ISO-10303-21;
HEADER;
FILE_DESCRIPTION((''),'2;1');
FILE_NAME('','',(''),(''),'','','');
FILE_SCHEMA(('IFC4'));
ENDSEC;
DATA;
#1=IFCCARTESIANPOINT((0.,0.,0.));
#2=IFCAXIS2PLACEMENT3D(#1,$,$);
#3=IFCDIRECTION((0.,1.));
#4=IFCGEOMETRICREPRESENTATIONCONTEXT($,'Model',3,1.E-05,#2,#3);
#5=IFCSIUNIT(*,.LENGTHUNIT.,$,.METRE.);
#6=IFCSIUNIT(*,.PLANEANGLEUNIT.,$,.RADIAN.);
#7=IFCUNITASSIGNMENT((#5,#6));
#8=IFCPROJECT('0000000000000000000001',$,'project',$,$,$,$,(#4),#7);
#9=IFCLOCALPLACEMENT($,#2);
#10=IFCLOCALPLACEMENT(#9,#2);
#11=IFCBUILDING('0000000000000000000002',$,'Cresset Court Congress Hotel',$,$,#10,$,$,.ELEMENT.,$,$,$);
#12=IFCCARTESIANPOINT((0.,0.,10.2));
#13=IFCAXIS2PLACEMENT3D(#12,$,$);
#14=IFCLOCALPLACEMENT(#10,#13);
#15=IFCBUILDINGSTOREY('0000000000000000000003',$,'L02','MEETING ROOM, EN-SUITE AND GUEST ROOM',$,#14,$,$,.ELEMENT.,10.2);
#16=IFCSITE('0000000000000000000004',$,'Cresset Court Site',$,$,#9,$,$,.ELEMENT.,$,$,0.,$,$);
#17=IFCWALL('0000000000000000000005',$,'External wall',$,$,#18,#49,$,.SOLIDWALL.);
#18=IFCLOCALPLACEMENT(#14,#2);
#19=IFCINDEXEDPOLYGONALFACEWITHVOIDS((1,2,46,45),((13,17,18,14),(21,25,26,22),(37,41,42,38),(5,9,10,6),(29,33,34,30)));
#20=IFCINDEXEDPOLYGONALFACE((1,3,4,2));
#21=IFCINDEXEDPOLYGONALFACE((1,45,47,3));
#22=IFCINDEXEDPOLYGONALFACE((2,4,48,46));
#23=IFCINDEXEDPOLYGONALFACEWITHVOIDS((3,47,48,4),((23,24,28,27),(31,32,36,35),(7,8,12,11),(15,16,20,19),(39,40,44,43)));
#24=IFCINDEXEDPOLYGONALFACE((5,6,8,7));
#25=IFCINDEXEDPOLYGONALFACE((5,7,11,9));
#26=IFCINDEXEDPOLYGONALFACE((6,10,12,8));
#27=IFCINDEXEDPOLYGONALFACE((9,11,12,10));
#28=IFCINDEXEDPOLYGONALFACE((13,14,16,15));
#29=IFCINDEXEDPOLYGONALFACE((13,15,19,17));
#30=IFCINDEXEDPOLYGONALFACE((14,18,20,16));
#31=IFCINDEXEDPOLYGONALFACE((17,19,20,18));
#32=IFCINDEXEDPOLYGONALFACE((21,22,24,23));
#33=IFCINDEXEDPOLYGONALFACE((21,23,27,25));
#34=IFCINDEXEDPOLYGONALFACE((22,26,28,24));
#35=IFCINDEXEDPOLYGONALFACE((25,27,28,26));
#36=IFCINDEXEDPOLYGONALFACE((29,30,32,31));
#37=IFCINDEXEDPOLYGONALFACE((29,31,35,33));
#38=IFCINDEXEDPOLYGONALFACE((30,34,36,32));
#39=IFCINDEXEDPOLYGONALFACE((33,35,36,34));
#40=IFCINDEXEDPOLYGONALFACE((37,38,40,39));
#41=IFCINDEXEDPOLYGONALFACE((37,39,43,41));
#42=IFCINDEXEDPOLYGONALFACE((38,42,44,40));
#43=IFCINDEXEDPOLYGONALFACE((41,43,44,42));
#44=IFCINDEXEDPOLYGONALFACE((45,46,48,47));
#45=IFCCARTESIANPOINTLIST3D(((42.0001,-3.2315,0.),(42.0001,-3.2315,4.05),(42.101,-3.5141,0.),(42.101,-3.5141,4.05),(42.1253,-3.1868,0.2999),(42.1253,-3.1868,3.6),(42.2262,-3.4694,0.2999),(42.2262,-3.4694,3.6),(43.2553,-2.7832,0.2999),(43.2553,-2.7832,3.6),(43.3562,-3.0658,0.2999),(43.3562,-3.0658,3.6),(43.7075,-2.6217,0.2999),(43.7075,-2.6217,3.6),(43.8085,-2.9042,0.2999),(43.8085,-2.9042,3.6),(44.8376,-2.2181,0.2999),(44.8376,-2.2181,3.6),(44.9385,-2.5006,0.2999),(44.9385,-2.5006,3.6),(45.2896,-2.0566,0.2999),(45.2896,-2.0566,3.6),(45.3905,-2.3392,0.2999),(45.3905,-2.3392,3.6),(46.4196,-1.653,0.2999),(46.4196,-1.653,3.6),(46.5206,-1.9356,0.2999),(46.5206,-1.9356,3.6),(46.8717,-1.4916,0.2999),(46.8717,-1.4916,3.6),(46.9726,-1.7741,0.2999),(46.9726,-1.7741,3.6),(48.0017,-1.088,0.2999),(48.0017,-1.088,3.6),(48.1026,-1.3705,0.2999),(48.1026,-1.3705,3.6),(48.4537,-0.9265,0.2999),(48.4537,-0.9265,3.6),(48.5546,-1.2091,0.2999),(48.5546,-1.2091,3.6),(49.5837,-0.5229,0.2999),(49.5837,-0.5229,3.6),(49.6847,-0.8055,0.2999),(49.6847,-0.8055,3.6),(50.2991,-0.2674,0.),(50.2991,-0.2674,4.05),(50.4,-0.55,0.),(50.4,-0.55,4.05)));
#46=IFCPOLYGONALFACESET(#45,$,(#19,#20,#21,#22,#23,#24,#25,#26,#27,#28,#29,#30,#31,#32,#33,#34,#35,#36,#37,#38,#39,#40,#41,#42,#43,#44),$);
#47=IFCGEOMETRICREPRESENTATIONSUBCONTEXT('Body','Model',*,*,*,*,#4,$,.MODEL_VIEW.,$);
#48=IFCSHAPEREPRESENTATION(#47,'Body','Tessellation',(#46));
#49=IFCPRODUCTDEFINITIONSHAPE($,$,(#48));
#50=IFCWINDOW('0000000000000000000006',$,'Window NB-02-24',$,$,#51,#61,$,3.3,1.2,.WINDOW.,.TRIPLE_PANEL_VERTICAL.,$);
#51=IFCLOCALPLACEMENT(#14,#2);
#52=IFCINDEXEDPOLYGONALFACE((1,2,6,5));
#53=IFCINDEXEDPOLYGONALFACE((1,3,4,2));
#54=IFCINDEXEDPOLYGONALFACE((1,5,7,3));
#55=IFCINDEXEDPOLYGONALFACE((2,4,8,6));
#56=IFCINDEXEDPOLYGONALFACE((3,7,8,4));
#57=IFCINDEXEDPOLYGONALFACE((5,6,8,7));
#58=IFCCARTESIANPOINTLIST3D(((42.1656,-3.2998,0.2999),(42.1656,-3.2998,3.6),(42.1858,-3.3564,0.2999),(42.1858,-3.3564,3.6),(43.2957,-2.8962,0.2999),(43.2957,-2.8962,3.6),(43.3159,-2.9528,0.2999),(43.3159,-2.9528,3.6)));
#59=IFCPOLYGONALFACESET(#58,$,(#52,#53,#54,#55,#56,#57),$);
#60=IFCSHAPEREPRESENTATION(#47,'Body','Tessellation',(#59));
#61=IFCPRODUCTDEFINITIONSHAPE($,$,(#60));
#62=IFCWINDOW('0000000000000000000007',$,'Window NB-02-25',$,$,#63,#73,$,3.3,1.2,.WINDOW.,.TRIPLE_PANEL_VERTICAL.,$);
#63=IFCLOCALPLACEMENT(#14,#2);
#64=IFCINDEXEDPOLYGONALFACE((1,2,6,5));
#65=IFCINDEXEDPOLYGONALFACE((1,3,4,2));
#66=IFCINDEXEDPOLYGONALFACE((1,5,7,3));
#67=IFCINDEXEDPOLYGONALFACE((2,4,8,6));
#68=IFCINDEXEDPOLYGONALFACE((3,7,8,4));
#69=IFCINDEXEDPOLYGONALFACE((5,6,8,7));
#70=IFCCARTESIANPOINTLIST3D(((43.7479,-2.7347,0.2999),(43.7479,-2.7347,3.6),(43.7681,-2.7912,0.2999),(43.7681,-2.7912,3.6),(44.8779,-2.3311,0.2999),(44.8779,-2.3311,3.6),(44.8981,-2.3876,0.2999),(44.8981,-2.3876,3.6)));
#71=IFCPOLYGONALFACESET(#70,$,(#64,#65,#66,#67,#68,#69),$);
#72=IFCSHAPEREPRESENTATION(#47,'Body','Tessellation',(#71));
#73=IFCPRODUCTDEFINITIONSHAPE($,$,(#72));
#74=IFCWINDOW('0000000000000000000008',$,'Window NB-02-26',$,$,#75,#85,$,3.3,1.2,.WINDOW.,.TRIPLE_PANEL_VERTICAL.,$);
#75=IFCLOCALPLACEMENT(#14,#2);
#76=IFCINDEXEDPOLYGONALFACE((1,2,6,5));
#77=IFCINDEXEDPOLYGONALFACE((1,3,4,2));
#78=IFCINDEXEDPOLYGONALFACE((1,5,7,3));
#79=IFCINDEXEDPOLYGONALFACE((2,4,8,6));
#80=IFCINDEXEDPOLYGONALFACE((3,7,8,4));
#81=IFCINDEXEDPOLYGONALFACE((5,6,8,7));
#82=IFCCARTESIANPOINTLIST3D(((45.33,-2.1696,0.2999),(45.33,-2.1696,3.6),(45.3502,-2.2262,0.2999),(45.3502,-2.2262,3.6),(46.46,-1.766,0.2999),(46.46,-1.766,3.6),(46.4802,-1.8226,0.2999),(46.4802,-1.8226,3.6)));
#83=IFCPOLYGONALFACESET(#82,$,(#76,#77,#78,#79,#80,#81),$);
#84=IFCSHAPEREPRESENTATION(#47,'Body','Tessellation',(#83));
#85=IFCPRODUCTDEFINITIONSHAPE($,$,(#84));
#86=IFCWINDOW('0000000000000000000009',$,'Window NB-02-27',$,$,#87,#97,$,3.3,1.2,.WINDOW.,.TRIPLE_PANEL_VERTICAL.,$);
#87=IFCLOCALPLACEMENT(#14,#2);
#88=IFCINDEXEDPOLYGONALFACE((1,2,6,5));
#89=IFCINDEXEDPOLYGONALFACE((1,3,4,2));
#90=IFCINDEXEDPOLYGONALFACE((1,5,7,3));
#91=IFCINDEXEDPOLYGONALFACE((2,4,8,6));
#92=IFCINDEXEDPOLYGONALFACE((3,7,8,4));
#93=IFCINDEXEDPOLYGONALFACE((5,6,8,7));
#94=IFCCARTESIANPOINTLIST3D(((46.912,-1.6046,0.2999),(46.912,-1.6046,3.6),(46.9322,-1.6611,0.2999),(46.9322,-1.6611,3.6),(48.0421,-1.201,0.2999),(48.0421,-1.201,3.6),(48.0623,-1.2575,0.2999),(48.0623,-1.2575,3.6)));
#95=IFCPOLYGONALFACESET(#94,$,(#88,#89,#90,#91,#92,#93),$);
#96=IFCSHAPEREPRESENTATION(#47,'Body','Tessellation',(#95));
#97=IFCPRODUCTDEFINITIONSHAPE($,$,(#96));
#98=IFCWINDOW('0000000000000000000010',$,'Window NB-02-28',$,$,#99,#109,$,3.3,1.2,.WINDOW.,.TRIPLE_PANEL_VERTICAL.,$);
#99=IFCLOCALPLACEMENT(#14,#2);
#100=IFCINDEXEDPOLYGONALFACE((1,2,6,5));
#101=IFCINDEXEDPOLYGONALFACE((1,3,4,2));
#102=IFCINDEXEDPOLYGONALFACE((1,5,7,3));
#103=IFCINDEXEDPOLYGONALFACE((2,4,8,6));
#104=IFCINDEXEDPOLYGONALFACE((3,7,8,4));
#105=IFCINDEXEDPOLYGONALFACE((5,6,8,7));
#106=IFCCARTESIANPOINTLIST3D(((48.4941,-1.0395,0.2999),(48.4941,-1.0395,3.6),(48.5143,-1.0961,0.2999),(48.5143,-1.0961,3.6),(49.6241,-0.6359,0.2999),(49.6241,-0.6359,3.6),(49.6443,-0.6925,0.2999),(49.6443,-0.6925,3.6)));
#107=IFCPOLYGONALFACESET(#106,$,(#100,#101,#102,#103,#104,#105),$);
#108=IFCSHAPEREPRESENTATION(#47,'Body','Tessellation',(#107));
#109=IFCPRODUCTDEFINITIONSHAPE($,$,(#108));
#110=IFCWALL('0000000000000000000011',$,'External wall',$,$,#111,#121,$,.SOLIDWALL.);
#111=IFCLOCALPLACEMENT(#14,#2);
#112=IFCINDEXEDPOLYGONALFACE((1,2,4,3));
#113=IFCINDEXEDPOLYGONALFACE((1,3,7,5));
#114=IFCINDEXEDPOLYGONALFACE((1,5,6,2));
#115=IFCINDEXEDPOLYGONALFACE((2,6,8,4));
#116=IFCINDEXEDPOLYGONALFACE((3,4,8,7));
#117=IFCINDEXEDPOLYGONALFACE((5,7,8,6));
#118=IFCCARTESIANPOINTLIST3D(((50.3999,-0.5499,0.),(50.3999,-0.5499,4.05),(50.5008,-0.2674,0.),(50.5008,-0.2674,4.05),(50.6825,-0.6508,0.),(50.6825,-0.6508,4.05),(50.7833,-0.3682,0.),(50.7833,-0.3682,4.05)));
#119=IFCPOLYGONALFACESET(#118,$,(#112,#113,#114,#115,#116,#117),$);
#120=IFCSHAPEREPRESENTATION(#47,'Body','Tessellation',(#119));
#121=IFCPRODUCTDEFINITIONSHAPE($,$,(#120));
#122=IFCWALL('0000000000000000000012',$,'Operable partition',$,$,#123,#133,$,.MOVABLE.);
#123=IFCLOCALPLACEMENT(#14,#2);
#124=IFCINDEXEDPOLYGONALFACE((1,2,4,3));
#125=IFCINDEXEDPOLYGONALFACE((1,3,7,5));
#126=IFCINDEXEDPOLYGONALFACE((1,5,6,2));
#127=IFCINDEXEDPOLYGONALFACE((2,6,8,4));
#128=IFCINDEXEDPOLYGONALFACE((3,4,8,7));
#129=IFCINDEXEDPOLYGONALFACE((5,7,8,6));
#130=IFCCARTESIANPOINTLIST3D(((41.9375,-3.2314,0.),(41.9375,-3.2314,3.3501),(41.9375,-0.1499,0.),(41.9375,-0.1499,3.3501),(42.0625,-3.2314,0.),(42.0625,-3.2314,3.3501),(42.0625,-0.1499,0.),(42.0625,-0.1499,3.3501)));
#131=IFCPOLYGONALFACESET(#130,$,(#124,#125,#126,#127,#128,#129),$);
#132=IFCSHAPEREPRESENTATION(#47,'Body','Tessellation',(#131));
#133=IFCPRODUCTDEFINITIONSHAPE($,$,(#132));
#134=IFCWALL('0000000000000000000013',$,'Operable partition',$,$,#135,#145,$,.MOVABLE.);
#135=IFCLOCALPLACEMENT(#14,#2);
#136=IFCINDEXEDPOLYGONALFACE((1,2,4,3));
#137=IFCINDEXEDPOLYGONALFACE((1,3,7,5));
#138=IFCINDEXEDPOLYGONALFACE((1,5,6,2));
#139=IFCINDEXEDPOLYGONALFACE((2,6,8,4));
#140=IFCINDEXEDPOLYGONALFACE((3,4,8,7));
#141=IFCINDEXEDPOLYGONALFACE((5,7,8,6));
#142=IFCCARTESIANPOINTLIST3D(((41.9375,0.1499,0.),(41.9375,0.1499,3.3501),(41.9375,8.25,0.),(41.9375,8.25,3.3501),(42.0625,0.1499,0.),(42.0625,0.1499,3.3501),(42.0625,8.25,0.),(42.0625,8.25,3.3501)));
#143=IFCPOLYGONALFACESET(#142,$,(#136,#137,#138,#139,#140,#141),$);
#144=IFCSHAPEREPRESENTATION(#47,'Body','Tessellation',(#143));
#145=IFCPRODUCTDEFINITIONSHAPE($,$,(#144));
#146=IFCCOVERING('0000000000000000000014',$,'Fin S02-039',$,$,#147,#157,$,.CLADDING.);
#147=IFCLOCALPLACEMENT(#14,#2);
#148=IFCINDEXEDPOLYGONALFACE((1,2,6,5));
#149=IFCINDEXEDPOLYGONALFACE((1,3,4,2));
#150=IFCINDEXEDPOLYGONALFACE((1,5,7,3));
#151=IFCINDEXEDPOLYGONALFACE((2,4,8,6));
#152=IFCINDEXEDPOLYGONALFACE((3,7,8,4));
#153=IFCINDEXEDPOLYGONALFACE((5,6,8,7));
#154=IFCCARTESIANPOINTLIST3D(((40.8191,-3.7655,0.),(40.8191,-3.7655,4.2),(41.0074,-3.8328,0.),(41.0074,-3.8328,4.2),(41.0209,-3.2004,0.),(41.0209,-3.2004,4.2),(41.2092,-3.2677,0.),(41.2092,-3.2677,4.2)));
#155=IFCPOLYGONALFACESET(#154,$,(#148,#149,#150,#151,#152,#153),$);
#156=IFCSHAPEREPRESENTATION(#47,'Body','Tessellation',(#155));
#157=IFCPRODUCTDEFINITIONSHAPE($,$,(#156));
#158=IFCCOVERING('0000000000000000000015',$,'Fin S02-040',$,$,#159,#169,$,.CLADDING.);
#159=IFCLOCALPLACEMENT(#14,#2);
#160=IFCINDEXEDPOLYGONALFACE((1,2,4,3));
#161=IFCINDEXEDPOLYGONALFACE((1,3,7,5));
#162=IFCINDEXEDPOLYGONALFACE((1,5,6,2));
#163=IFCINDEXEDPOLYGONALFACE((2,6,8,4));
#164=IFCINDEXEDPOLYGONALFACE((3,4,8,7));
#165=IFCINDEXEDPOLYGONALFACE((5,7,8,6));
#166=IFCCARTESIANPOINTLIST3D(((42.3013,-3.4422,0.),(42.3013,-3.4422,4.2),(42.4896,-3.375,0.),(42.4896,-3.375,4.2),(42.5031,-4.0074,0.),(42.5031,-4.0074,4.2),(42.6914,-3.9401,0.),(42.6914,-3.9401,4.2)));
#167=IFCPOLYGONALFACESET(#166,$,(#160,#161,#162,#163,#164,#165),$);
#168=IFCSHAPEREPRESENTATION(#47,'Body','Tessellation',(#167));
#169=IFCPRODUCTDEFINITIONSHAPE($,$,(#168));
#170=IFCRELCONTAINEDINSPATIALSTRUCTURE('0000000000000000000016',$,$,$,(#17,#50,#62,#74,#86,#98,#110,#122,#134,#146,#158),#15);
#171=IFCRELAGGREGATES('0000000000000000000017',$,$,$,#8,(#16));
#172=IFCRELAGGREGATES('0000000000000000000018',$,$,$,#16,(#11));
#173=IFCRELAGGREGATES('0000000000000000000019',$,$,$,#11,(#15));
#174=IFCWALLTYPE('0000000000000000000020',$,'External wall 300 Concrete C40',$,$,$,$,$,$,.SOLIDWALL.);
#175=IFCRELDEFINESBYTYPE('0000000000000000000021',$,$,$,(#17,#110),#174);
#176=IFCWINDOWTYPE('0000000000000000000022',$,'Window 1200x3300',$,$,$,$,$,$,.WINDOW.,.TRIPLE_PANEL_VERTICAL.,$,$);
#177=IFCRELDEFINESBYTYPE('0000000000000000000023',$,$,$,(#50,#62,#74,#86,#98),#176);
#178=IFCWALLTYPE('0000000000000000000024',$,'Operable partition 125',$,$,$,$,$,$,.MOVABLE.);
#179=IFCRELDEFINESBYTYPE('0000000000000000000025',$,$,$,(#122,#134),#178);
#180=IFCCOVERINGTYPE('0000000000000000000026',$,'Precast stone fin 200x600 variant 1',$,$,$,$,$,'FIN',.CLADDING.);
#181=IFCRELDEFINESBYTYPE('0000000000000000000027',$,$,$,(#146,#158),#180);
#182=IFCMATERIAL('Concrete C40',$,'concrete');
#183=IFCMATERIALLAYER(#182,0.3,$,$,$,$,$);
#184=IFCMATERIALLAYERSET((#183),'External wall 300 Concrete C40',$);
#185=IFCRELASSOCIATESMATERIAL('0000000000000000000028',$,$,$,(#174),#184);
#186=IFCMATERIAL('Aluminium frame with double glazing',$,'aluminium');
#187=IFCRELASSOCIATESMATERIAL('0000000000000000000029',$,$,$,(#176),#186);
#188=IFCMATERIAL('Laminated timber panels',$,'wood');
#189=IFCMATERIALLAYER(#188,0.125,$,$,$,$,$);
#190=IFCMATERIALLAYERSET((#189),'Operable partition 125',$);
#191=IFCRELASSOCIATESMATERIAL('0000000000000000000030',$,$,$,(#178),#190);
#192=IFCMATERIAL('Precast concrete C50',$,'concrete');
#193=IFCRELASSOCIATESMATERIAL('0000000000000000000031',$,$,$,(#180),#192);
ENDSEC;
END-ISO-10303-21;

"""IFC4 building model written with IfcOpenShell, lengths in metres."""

from ifc_helpers import new_model, si_unit, direction, frame, frame_2d, origin, origin_2d, place, context, subcontext, project, spatial, rectangle, extrude, material, layer, layer_set, type_object, element, fill, save


model = new_model("IFC4")

# Units and contexts
model_context = context("Model", 3, precision=1e-05, world=origin(), true_north=direction((0.0, 1.0)))
body_context = subcontext(model_context, "Body", "Model", "MODEL_VIEW")
ifc_project = project(units=[si_unit("LENGTHUNIT", "METRE"), si_unit("PLANEANGLEUNIT", "RADIAN")], contexts=[model_context])

# Site, building, storey
site_placement = place(None, origin())
site = spatial("IfcSite", under=ifc_project, at=site_placement, Name="Cresset Court Site", CompositionType="ELEMENT", RefElevation=0.0)
building_placement = place(site_placement, origin())
building = spatial("IfcBuilding", under=site, at=building_placement, Name="Cresset Court Congress Hotel", CompositionType="ELEMENT")
storey_placement = place(building_placement, frame((0.0, 0.0, 10.2)))
storey = spatial("IfcBuildingStorey", under=building, at=storey_placement, Name="L02", Description="MEETING ROOM, EN-SUITE AND GUEST ROOM", CompositionType="ELEMENT", Elevation=10.2)

# Wall, openings, windows
ifc_material_1 = material(Name="Concrete C40", Category="concrete")
ifc_layer_1 = layer(ifc_material_1, 0.3)
ifc_layer_set_1 = layer_set([ifc_layer_1], Name="External wall 300 Concrete C40")
wall_type_1 = type_object("IfcWallType", Name="External wall 300 Concrete C40", PredefinedType="SOLIDWALL", material=ifc_layer_set_1)
wall_1_placement = place(storey_placement, frame((42.0505, -3.3728, 0.0), z_axis=(0.0, 0.0, 1.0), x_axis=(0.941736, 0.336352, 0.0)))
wall_1 = element("IfcWall", 1, at=wall_1_placement, inside=storey, type_object=wall_type_1, Name="External wall", PredefinedType="SOLIDWALL", context=body_context, shape_type="SweptSolid", body=[
    extrude(rectangle(XDim=8.8125, YDim=0.3, at=frame_2d((4.4062, 0.0))), origin(), (0.0, 0.0, 1.0), 4.05),
])
opening_1_placement = place(wall_1_placement, frame((0.1328, 0.0, 0.3)))
opening_1 = element("IfcOpeningElement", 2, at=opening_1_placement, cuts=wall_1, PredefinedType="OPENING", context=body_context, shape_type="SweptSolid", body=[
    extrude(rectangle(XDim=1.2, YDim=3.3, at=frame_2d((0.6001, 1.6499))), frame((0.0, 0.1599, 0.0), z_axis=(0.0, -1.0, 0.0), x_axis=(1.0, 0.0, 0.0)), (0.0, 0.0, 1.0), 0.3201),
])
opening_2_placement = place(wall_1_placement, frame((1.813, 0.0, 0.3)))
opening_2 = element("IfcOpeningElement", 3, at=opening_2_placement, cuts=wall_1, PredefinedType="OPENING", context=body_context, shape_type="SweptSolid", body=[
    extrude(rectangle(XDim=1.2, YDim=3.3, at=frame_2d((0.6001, 1.6499))), frame((0.0, 0.1599, 0.0), z_axis=(0.0, -1.0, 0.0), x_axis=(1.0, 0.0, 0.0)), (0.0, 0.0, 1.0), 0.3201),
])
opening_3_placement = place(wall_1_placement, frame((3.4929, 0.0, 0.3)))
opening_3 = element("IfcOpeningElement", 4, at=opening_3_placement, cuts=wall_1, PredefinedType="OPENING", context=body_context, shape_type="SweptSolid", body=[
    extrude(rectangle(XDim=1.2, YDim=3.3, at=frame_2d((0.6001, 1.6499))), frame((0.0, 0.1599, 0.0), z_axis=(0.0, -1.0, 0.0), x_axis=(1.0, 0.0, 0.0)), (0.0, 0.0, 1.0), 0.3201),
])
opening_4_placement = place(wall_1_placement, frame((5.1729, 0.0, 0.3)))
opening_4 = element("IfcOpeningElement", 5, at=opening_4_placement, cuts=wall_1, PredefinedType="OPENING", context=body_context, shape_type="SweptSolid", body=[
    extrude(rectangle(XDim=1.2, YDim=3.3, at=frame_2d((0.6001, 1.6499))), frame((0.0, 0.1599, 0.0), z_axis=(0.0, -1.0, 0.0), x_axis=(1.0, 0.0, 0.0)), (0.0, 0.0, 1.0), 0.3201),
])
opening_5_placement = place(wall_1_placement, frame((6.8528, 0.0, 0.3)))
opening_5 = element("IfcOpeningElement", 6, at=opening_5_placement, cuts=wall_1, PredefinedType="OPENING", context=body_context, shape_type="SweptSolid", body=[
    extrude(rectangle(XDim=1.2, YDim=3.3, at=frame_2d((0.6001, 1.6499))), frame((0.0, 0.1599, 0.0), z_axis=(0.0, -1.0, 0.0), x_axis=(1.0, 0.0, 0.0)), (0.0, 0.0, 1.0), 0.3201),
])
ifc_material_2 = material(Name="Aluminium frame with double glazing", Category="aluminium")
window_type = type_object("IfcWindowType", Name="Window 1200x3300", PartitioningType="TRIPLE_PANEL_VERTICAL", PredefinedType="WINDOW", material=ifc_material_2)
window_1_placement = place(opening_1_placement, origin())
window_1 = element("IfcWindow", 7, at=window_1_placement, inside=storey, type_object=window_type, Name="Window NB-02-24", OverallHeight=3.3, OverallWidth=1.2, PartitioningType="TRIPLE_PANEL_VERTICAL", PredefinedType="WINDOW", context=body_context, shape_type="SweptSolid", body=[
    extrude(rectangle(XDim=1.2, YDim=3.3, at=frame_2d((0.6001, 1.6499))), frame((0.0, 0.03, 0.0), z_axis=(0.0, -1.0, 0.0), x_axis=(1.0, 0.0, 0.0)), (0.0, 0.0, 1.0), 0.0601),
])
fill(opening_1, window_1)
window_2_placement = place(opening_2_placement, origin())
window_2 = element("IfcWindow", 8, at=window_2_placement, inside=storey, type_object=window_type, Name="Window NB-02-25", OverallHeight=3.3, OverallWidth=1.2, PartitioningType="TRIPLE_PANEL_VERTICAL", PredefinedType="WINDOW", context=body_context, shape_type="SweptSolid", body=[
    extrude(rectangle(XDim=1.2, YDim=3.3, at=frame_2d((0.6001, 1.6499))), frame((0.0, 0.03, 0.0), z_axis=(0.0, -1.0, 0.0), x_axis=(1.0, 0.0, 0.0)), (0.0, 0.0, 1.0), 0.0601),
])
fill(opening_2, window_2)
window_3_placement = place(opening_3_placement, origin())
window_3 = element("IfcWindow", 9, at=window_3_placement, inside=storey, type_object=window_type, Name="Window NB-02-26", OverallHeight=3.3, OverallWidth=1.2, PartitioningType="TRIPLE_PANEL_VERTICAL", PredefinedType="WINDOW", context=body_context, shape_type="SweptSolid", body=[
    extrude(rectangle(XDim=1.2, YDim=3.3, at=frame_2d((0.6001, 1.6499))), frame((0.0, 0.03, 0.0), z_axis=(0.0, -1.0, 0.0), x_axis=(1.0, 0.0, 0.0)), (0.0, 0.0, 1.0), 0.0601),
])
fill(opening_3, window_3)
window_4_placement = place(opening_4_placement, origin())
window_4 = element("IfcWindow", 10, at=window_4_placement, inside=storey, type_object=window_type, Name="Window NB-02-27", OverallHeight=3.3, OverallWidth=1.2, PartitioningType="TRIPLE_PANEL_VERTICAL", PredefinedType="WINDOW", context=body_context, shape_type="SweptSolid", body=[
    extrude(rectangle(XDim=1.2, YDim=3.3, at=frame_2d((0.6001, 1.6499))), frame((0.0, 0.03, 0.0), z_axis=(0.0, -1.0, 0.0), x_axis=(1.0, 0.0, 0.0)), (0.0, 0.0, 1.0), 0.0601),
])
fill(opening_4, window_4)
window_5_placement = place(opening_5_placement, origin())
window_5 = element("IfcWindow", 11, at=window_5_placement, inside=storey, type_object=window_type, Name="Window NB-02-28", OverallHeight=3.3, OverallWidth=1.2, PartitioningType="TRIPLE_PANEL_VERTICAL", PredefinedType="WINDOW", context=body_context, shape_type="SweptSolid", body=[
    extrude(rectangle(XDim=1.2, YDim=3.3, at=frame_2d((0.6001, 1.6499))), frame((0.0, 0.03, 0.0), z_axis=(0.0, -1.0, 0.0), x_axis=(1.0, 0.0, 0.0)), (0.0, 0.0, 1.0), 0.0601),
])
fill(opening_5, window_5)

# Walls
wall_2_placement = place(storey_placement, frame((50.4504, -0.4087, 0.0), z_axis=(0.0, 0.0, 1.0), x_axis=(0.941797, -0.336182, 0.0)))
element("IfcWall", 12, at=wall_2_placement, inside=storey, type_object=wall_type_1, Name="External wall", PredefinedType="SOLIDWALL", context=body_context, shape_type="SweptSolid", body=[
    extrude(rectangle(XDim=0.3, YDim=0.3, at=frame_2d((0.1499, 0.0))), origin(), (0.0, 0.0, 1.0), 4.05),
])
ifc_material_3 = material(Name="Laminated timber panels", Category="wood")
ifc_layer_2 = layer(ifc_material_3, 0.125)
ifc_layer_set_2 = layer_set([ifc_layer_2], Name="Operable partition 125")
wall_type_2 = type_object("IfcWallType", Name="Operable partition 125", PredefinedType="MOVABLE", material=ifc_layer_set_2)
wall_3_placement = place(storey_placement, frame((42.0, -3.2314, 0.0), z_axis=(0.0, 0.0, 1.0), x_axis=(0.0, 1.0, 0.0)))
element("IfcWall", 13, at=wall_3_placement, inside=storey, type_object=wall_type_2, Name="Operable partition", PredefinedType="MOVABLE", context=body_context, shape_type="SweptSolid", body=[
    extrude(rectangle(XDim=3.0815, YDim=0.125, at=frame_2d((1.5408, 0.0))), origin(), (0.0, 0.0, 1.0), 3.3501),
])
wall_4_placement = place(storey_placement, frame((42.0, 0.1499, 0.0), z_axis=(0.0, 0.0, 1.0), x_axis=(0.0, 1.0, 0.0)))
element("IfcWall", 14, at=wall_4_placement, inside=storey, type_object=wall_type_2, Name="Operable partition", PredefinedType="MOVABLE", context=body_context, shape_type="SweptSolid", body=[
    extrude(rectangle(XDim=8.1001, YDim=0.125, at=frame_2d((4.05, 0.0))), origin(), (0.0, 0.0, 1.0), 3.3501),
])

# Coverings
ifc_material_4 = material(Name="Precast concrete C50", Category="concrete")
covering_type_1 = type_object("IfcCoveringType", Name="Precast stone fin 200x600 variant 1", ElementType="FIN", PredefinedType="CLADDING", material=ifc_material_4)
for number, where, z_axis, x_axis, name in (
    (15, (41.0142, -3.5166, 0.0), (0.0, 0.0, 1.0), (0.941742, -0.336336, 0.0), "Fin S02-039"),
    (16, (42.4963, -3.6912, 0.0), (0.0, 0.0, 1.0), (0.941742, 0.336336, 0.0), "Fin S02-040"),
):
    element("IfcCovering", number, at=place(storey_placement, frame(where, z_axis=z_axis, x_axis=x_axis)), inside=storey, type_object=covering_type_1, Name=name, PredefinedType="CLADDING", context=body_context, shape_type="SweptSolid", body=[
        extrude(rectangle(XDim=0.2, YDim=0.6001, at=origin_2d()), origin(), (0.0, 0.0, 1.0), 4.2),
    ])

save(model, "model.ifc")
